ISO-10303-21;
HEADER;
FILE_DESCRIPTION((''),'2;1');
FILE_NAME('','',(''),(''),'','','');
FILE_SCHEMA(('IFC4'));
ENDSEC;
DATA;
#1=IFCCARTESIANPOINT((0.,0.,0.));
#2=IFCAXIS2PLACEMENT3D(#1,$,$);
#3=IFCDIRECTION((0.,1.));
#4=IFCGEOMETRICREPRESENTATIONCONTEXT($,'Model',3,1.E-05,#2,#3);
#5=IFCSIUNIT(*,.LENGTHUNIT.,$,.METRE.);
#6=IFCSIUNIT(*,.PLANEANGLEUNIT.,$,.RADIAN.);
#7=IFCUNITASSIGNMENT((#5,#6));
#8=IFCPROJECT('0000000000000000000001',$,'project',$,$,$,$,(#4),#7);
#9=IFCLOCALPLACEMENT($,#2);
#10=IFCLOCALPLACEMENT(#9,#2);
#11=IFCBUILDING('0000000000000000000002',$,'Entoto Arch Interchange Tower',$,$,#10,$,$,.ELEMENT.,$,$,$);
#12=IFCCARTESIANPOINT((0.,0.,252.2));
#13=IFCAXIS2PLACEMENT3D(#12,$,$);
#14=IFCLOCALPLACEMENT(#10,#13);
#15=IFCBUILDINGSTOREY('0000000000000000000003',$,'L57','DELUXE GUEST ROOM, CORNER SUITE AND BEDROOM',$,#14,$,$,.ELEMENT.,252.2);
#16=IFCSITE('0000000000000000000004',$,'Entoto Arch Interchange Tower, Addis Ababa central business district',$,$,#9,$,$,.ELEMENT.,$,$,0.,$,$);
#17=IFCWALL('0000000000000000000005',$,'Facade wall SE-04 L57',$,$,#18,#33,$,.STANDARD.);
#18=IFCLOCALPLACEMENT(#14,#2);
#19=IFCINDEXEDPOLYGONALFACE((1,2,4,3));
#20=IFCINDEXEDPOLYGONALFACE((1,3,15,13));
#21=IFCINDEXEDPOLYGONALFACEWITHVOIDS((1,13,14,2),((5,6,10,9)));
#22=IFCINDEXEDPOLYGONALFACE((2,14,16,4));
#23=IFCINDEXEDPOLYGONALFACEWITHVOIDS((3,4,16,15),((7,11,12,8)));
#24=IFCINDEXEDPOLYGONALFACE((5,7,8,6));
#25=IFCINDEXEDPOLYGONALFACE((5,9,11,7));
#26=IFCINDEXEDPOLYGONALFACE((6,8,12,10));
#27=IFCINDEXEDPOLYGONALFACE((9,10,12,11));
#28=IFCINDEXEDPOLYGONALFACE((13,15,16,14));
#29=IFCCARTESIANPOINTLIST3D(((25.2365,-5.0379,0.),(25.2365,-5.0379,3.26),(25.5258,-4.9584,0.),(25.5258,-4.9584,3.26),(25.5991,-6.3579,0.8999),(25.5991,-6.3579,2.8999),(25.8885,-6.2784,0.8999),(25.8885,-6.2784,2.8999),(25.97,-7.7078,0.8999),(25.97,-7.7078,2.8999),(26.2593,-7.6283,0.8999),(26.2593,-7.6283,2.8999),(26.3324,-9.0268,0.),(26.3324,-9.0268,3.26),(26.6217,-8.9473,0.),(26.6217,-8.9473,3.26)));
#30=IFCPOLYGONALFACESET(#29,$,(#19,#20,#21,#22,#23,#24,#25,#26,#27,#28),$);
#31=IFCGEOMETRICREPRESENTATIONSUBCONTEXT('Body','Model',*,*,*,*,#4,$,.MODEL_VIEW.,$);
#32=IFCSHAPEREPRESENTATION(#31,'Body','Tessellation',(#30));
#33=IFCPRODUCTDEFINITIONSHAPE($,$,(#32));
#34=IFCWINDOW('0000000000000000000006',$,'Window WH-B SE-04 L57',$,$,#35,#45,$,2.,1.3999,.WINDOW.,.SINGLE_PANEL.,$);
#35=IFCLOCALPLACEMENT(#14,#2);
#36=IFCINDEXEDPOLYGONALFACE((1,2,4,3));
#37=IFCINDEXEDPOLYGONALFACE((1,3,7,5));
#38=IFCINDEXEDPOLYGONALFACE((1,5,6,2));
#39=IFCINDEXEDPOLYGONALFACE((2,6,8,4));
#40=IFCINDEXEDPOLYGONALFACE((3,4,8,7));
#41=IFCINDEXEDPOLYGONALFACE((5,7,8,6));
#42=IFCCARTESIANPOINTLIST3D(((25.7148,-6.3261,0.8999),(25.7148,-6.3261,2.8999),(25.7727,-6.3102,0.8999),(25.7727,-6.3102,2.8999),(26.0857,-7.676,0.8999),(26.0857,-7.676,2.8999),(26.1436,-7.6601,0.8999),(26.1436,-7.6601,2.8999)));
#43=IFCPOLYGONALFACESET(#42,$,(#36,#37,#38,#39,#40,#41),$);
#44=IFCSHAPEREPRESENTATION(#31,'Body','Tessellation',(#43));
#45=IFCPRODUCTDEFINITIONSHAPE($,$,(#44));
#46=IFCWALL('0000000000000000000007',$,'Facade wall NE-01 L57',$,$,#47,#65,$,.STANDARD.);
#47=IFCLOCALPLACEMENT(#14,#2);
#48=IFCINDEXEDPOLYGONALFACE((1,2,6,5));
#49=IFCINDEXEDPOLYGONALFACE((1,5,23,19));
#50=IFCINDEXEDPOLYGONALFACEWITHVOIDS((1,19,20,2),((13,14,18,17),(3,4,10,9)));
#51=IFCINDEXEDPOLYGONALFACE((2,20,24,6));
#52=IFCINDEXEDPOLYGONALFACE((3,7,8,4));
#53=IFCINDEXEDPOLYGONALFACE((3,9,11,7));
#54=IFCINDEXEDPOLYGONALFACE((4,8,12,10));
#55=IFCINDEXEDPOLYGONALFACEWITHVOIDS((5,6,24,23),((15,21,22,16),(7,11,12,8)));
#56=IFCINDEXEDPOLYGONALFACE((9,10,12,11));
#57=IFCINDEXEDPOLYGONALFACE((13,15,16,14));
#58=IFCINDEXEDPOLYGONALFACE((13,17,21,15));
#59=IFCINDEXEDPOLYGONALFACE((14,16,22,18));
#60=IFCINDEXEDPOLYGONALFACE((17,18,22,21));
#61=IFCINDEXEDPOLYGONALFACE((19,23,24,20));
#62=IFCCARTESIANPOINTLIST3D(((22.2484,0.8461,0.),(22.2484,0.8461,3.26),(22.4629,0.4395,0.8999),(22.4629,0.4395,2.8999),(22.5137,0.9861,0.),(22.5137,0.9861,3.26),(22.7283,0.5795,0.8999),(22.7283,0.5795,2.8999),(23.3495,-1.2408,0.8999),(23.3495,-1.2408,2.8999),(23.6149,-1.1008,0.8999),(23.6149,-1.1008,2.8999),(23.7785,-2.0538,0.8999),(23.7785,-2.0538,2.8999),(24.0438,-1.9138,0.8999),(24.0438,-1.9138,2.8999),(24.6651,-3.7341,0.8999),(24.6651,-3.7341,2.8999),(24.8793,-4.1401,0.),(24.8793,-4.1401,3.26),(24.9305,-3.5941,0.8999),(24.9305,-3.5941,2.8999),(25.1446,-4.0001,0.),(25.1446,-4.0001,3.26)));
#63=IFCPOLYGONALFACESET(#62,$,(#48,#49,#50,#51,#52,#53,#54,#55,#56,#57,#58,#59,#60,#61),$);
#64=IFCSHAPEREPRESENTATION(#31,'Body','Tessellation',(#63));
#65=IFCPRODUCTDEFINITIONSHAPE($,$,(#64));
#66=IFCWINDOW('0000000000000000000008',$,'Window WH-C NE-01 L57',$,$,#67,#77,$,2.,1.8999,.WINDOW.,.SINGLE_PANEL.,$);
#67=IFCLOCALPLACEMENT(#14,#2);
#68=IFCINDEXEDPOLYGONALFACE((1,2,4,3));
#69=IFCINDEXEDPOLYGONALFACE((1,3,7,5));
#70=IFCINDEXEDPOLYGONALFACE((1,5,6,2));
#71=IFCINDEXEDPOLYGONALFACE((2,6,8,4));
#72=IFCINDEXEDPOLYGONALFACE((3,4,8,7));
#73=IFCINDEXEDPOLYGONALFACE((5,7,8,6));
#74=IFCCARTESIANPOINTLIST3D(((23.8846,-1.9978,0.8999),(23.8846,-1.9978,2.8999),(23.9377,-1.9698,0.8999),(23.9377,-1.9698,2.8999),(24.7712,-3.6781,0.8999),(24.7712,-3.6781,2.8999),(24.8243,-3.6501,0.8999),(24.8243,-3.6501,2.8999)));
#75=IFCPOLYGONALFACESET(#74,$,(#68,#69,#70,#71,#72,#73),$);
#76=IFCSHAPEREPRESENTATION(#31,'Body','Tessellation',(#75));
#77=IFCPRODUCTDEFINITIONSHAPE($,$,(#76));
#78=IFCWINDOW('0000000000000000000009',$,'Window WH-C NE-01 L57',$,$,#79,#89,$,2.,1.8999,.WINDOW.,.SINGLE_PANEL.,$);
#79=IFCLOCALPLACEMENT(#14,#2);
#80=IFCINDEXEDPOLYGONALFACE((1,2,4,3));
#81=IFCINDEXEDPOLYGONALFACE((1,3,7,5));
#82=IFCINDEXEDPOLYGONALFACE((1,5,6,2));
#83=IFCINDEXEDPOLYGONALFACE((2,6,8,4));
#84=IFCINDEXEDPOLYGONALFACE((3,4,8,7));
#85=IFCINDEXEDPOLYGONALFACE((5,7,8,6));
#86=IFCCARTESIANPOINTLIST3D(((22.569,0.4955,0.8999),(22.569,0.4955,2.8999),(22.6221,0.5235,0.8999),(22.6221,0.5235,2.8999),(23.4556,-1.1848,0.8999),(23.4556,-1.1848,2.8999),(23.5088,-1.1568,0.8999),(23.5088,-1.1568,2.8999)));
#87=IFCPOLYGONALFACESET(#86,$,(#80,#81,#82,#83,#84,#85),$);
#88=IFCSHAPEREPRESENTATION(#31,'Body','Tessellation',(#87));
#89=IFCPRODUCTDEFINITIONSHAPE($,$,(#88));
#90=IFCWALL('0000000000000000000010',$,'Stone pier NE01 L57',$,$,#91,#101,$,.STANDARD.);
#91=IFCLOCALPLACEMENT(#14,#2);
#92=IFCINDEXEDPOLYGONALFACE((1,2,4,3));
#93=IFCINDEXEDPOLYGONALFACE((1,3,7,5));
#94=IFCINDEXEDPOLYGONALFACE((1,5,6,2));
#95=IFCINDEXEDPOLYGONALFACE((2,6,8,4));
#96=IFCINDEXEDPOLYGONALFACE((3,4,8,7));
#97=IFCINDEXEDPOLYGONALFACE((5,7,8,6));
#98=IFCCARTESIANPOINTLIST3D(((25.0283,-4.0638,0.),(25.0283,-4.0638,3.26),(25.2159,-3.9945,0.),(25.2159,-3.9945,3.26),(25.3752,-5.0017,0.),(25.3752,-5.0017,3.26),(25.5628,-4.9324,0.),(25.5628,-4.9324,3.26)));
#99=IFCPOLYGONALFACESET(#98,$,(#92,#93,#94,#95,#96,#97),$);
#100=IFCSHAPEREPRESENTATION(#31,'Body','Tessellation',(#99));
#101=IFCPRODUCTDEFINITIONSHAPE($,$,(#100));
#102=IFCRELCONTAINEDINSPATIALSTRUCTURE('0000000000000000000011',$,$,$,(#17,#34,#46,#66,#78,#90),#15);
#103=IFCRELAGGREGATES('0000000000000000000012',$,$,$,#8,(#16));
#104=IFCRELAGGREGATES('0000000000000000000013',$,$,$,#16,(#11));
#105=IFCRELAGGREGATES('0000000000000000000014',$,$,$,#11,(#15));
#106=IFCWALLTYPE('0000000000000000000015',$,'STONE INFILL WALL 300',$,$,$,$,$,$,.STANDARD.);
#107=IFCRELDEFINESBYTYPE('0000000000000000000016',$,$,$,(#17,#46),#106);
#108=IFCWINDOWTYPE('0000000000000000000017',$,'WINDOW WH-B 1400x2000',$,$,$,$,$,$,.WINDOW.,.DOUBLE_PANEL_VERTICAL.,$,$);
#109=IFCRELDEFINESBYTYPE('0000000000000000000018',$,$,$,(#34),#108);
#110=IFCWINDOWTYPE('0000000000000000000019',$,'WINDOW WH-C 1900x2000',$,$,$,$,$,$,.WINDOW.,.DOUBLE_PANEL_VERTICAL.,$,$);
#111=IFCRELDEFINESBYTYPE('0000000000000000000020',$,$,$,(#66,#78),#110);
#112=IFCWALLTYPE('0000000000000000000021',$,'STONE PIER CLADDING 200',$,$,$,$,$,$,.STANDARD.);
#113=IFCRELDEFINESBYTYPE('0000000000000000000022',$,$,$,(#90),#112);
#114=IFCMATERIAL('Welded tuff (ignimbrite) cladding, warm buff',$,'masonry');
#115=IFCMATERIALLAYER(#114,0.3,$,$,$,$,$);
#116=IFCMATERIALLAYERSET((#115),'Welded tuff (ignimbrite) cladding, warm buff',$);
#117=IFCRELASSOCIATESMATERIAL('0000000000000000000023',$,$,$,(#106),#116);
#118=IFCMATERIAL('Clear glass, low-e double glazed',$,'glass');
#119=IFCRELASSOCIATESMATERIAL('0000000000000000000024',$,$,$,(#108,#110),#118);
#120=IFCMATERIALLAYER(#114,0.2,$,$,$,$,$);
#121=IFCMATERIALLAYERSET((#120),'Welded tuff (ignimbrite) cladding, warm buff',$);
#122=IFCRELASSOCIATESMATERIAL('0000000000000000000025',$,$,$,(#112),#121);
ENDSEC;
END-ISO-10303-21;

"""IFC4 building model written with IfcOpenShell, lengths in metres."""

from ifc_helpers import new_model, si_unit, direction, frame, frame_2d, origin, place, context, subcontext, project, spatial, rectangle, extrude, material, layer, layer_set, type_object, element, fill, save


model = new_model("IFC4")

# Units and contexts
model_context = context("Model", 3, precision=1e-05, world=origin(), true_north=direction((0.0, 1.0)))
body_context = subcontext(model_context, "Body", "Model", "MODEL_VIEW")
ifc_project = project(units=[si_unit("LENGTHUNIT", "METRE"), si_unit("PLANEANGLEUNIT", "RADIAN")], contexts=[model_context])

# Site, building, storey
site_placement = place(None, origin())
site = spatial("IfcSite", under=ifc_project, at=site_placement, Name="Entoto Arch Interchange Tower, Addis Ababa central business district", CompositionType="ELEMENT", RefElevation=0.0)
building_placement = place(site_placement, origin())
building = spatial("IfcBuilding", under=site, at=building_placement, Name="Entoto Arch Interchange Tower", CompositionType="ELEMENT")
storey_placement = place(building_placement, frame((0.0, 0.0, 252.2)))
storey = spatial("IfcBuildingStorey", under=building, at=storey_placement, Name="L57", Description="DELUXE GUEST ROOM, CORNER SUITE AND BEDROOM", CompositionType="ELEMENT", Elevation=252.2)

# Wall, opening, window
ifc_material_1 = material(Name="Welded tuff (ignimbrite) cladding, warm buff", Category="masonry")
ifc_layer_1 = layer(ifc_material_1, 0.3)
ifc_layer_set_1 = layer_set([ifc_layer_1], Name="Welded tuff (ignimbrite) cladding, warm buff")
wall_type_1 = type_object("IfcWallType", Name="STONE INFILL WALL 300", PredefinedType="STANDARD", material=ifc_layer_set_1)
wall_1_placement = place(storey_placement, frame((26.4771, -8.9871, 0.0), z_axis=(0.0, 0.0, 1.0), x_axis=(-0.264925, 0.964269, 0.0)))
wall_1 = element("IfcWall", 1, at=wall_1_placement, inside=storey, type_object=wall_type_1, Name="Facade wall SE-04 L57", PredefinedType="STANDARD", context=body_context, shape_type="SweptSolid", body=[
    extrude(rectangle(XDim=4.1367, YDim=0.3, at=frame_2d((2.0684, 0.0))), origin(), (0.0, 0.0, 1.0), 3.26),
])
opening_1_placement = place(wall_1_placement, frame((1.3679, 0.0, 0.8999)))
opening_1 = element("IfcOpeningElement", 2, at=opening_1_placement, cuts=wall_1, PredefinedType="OPENING", context=body_context, shape_type="SweptSolid", body=[
    extrude(rectangle(XDim=1.3999, YDim=2.0, at=frame_2d((0.7, 1.0))), frame((0.0, 0.1602, 0.0), z_axis=(0.0, -1.0, 0.0), x_axis=(1.0, 0.0, 0.0)), (0.0, 0.0, 1.0), 0.3201),
])
ifc_material_2 = material(Name="Clear glass, low-e double glazed", Category="glass")
window_type_1 = type_object("IfcWindowType", Name="WINDOW WH-B 1400x2000", PartitioningType="DOUBLE_PANEL_VERTICAL", PredefinedType="WINDOW", material=ifc_material_2)
window_1_placement = place(opening_1_placement, origin())
window_1 = element("IfcWindow", 3, at=window_1_placement, inside=storey, type_object=window_type_1, Name="Window WH-B SE-04 L57", OverallHeight=2.0, OverallWidth=1.3999, PartitioningType="SINGLE_PANEL", PredefinedType="WINDOW", context=body_context, shape_type="SweptSolid", body=[
    extrude(rectangle(XDim=1.3999, YDim=2.0, at=frame_2d((0.7, 1.0))), frame((0.0, 0.03, 0.0), z_axis=(0.0, -1.0, 0.0), x_axis=(1.0, 0.0, 0.0)), (0.0, 0.0, 1.0), 0.0601),
])
fill(opening_1, window_1)

# Wall, openings, windows
wall_2_placement = place(storey_placement, frame((25.012, -4.0701, 0.0), z_axis=(0.0, 0.0, 1.0), x_axis=(-0.466664, 0.884435, 0.0)))
wall_2 = element("IfcWall", 4, at=wall_2_placement, inside=storey, type_object=wall_type_1, Name="Facade wall NE-01 L57", PredefinedType="STANDARD", context=body_context, shape_type="SweptSolid", body=[
    extrude(rectangle(XDim=5.6377, YDim=0.3, at=frame_2d((2.8188, 0.0))), origin(), (0.0, 0.0, 1.0), 3.26),
])
opening_2_placement = place(wall_2_placement, frame((0.459, 0.0, 0.8999)))
opening_2 = element("IfcOpeningElement", 5, at=opening_2_placement, cuts=wall_2, PredefinedType="OPENING", context=body_context, shape_type="SweptSolid", body=[
    extrude(rectangle(XDim=1.8999, YDim=2.0, at=frame_2d((0.95, 1.0))), frame((0.0, 0.1602, 0.0), z_axis=(0.0, -1.0, 0.0), x_axis=(1.0, 0.0, 0.0)), (0.0, 0.0, 1.0), 0.3201),
])
opening_3_placement = place(wall_2_placement, frame((3.2781, 0.0, 0.8999)))
opening_3 = element("IfcOpeningElement", 6, at=opening_3_placement, cuts=wall_2, PredefinedType="OPENING", context=body_context, shape_type="SweptSolid", body=[
    extrude(rectangle(XDim=1.8999, YDim=2.0, at=frame_2d((0.95, 1.0))), frame((0.0, 0.1602, 0.0), z_axis=(0.0, -1.0, 0.0), x_axis=(1.0, 0.0, 0.0)), (0.0, 0.0, 1.0), 0.3201),
])
window_type_2 = type_object("IfcWindowType", Name="WINDOW WH-C 1900x2000", PartitioningType="DOUBLE_PANEL_VERTICAL", PredefinedType="WINDOW", material=ifc_material_2)
window_2_placement = place(opening_2_placement, origin())
window_2 = element("IfcWindow", 7, at=window_2_placement, inside=storey, type_object=window_type_2, Name="Window WH-C NE-01 L57", OverallHeight=2.0, OverallWidth=1.8999, PartitioningType="SINGLE_PANEL", PredefinedType="WINDOW", context=body_context, shape_type="SweptSolid", body=[
    extrude(rectangle(XDim=1.8999, YDim=2.0, at=frame_2d((0.95, 1.0))), frame((0.0, 0.03, 0.0), z_axis=(0.0, -1.0, 0.0), x_axis=(1.0, 0.0, 0.0)), (0.0, 0.0, 1.0), 0.0601),
])
fill(opening_2, window_2)
window_3_placement = place(opening_3_placement, origin())
window_3 = element("IfcWindow", 8, at=window_3_placement, inside=storey, type_object=window_type_2, Name="Window WH-C NE-01 L57", OverallHeight=2.0, OverallWidth=1.8999, PartitioningType="SINGLE_PANEL", PredefinedType="WINDOW", context=body_context, shape_type="SweptSolid", body=[
    extrude(rectangle(XDim=1.8999, YDim=2.0, at=frame_2d((0.95, 1.0))), frame((0.0, 0.03, 0.0), z_axis=(0.0, -1.0, 0.0), x_axis=(1.0, 0.0, 0.0)), (0.0, 0.0, 1.0), 0.0601),
])
fill(opening_3, window_3)

# Wall
ifc_layer_2 = layer(ifc_material_1, 0.2)
ifc_layer_set_2 = layer_set([ifc_layer_2], Name="Welded tuff (ignimbrite) cladding, warm buff")
wall_type_2 = type_object("IfcWallType", Name="STONE PIER CLADDING 200", PredefinedType="STANDARD", material=ifc_layer_set_2)
wall_3_placement = place(storey_placement, frame((25.469, -4.967, 0.0), z_axis=(0.0, 0.0, 1.0), x_axis=(-0.346893, 0.937905, 0.0)))
element("IfcWall", 9, at=wall_3_placement, inside=storey, type_object=wall_type_2, Name="Stone pier NE01 L57", PredefinedType="STANDARD", context=body_context, shape_type="SweptSolid", body=[
    extrude(rectangle(XDim=1.0, YDim=0.2, at=frame_2d((0.5, 0.0))), origin(), (0.0, 0.0, 1.0), 3.26),
])

save(model, "model.ifc")
